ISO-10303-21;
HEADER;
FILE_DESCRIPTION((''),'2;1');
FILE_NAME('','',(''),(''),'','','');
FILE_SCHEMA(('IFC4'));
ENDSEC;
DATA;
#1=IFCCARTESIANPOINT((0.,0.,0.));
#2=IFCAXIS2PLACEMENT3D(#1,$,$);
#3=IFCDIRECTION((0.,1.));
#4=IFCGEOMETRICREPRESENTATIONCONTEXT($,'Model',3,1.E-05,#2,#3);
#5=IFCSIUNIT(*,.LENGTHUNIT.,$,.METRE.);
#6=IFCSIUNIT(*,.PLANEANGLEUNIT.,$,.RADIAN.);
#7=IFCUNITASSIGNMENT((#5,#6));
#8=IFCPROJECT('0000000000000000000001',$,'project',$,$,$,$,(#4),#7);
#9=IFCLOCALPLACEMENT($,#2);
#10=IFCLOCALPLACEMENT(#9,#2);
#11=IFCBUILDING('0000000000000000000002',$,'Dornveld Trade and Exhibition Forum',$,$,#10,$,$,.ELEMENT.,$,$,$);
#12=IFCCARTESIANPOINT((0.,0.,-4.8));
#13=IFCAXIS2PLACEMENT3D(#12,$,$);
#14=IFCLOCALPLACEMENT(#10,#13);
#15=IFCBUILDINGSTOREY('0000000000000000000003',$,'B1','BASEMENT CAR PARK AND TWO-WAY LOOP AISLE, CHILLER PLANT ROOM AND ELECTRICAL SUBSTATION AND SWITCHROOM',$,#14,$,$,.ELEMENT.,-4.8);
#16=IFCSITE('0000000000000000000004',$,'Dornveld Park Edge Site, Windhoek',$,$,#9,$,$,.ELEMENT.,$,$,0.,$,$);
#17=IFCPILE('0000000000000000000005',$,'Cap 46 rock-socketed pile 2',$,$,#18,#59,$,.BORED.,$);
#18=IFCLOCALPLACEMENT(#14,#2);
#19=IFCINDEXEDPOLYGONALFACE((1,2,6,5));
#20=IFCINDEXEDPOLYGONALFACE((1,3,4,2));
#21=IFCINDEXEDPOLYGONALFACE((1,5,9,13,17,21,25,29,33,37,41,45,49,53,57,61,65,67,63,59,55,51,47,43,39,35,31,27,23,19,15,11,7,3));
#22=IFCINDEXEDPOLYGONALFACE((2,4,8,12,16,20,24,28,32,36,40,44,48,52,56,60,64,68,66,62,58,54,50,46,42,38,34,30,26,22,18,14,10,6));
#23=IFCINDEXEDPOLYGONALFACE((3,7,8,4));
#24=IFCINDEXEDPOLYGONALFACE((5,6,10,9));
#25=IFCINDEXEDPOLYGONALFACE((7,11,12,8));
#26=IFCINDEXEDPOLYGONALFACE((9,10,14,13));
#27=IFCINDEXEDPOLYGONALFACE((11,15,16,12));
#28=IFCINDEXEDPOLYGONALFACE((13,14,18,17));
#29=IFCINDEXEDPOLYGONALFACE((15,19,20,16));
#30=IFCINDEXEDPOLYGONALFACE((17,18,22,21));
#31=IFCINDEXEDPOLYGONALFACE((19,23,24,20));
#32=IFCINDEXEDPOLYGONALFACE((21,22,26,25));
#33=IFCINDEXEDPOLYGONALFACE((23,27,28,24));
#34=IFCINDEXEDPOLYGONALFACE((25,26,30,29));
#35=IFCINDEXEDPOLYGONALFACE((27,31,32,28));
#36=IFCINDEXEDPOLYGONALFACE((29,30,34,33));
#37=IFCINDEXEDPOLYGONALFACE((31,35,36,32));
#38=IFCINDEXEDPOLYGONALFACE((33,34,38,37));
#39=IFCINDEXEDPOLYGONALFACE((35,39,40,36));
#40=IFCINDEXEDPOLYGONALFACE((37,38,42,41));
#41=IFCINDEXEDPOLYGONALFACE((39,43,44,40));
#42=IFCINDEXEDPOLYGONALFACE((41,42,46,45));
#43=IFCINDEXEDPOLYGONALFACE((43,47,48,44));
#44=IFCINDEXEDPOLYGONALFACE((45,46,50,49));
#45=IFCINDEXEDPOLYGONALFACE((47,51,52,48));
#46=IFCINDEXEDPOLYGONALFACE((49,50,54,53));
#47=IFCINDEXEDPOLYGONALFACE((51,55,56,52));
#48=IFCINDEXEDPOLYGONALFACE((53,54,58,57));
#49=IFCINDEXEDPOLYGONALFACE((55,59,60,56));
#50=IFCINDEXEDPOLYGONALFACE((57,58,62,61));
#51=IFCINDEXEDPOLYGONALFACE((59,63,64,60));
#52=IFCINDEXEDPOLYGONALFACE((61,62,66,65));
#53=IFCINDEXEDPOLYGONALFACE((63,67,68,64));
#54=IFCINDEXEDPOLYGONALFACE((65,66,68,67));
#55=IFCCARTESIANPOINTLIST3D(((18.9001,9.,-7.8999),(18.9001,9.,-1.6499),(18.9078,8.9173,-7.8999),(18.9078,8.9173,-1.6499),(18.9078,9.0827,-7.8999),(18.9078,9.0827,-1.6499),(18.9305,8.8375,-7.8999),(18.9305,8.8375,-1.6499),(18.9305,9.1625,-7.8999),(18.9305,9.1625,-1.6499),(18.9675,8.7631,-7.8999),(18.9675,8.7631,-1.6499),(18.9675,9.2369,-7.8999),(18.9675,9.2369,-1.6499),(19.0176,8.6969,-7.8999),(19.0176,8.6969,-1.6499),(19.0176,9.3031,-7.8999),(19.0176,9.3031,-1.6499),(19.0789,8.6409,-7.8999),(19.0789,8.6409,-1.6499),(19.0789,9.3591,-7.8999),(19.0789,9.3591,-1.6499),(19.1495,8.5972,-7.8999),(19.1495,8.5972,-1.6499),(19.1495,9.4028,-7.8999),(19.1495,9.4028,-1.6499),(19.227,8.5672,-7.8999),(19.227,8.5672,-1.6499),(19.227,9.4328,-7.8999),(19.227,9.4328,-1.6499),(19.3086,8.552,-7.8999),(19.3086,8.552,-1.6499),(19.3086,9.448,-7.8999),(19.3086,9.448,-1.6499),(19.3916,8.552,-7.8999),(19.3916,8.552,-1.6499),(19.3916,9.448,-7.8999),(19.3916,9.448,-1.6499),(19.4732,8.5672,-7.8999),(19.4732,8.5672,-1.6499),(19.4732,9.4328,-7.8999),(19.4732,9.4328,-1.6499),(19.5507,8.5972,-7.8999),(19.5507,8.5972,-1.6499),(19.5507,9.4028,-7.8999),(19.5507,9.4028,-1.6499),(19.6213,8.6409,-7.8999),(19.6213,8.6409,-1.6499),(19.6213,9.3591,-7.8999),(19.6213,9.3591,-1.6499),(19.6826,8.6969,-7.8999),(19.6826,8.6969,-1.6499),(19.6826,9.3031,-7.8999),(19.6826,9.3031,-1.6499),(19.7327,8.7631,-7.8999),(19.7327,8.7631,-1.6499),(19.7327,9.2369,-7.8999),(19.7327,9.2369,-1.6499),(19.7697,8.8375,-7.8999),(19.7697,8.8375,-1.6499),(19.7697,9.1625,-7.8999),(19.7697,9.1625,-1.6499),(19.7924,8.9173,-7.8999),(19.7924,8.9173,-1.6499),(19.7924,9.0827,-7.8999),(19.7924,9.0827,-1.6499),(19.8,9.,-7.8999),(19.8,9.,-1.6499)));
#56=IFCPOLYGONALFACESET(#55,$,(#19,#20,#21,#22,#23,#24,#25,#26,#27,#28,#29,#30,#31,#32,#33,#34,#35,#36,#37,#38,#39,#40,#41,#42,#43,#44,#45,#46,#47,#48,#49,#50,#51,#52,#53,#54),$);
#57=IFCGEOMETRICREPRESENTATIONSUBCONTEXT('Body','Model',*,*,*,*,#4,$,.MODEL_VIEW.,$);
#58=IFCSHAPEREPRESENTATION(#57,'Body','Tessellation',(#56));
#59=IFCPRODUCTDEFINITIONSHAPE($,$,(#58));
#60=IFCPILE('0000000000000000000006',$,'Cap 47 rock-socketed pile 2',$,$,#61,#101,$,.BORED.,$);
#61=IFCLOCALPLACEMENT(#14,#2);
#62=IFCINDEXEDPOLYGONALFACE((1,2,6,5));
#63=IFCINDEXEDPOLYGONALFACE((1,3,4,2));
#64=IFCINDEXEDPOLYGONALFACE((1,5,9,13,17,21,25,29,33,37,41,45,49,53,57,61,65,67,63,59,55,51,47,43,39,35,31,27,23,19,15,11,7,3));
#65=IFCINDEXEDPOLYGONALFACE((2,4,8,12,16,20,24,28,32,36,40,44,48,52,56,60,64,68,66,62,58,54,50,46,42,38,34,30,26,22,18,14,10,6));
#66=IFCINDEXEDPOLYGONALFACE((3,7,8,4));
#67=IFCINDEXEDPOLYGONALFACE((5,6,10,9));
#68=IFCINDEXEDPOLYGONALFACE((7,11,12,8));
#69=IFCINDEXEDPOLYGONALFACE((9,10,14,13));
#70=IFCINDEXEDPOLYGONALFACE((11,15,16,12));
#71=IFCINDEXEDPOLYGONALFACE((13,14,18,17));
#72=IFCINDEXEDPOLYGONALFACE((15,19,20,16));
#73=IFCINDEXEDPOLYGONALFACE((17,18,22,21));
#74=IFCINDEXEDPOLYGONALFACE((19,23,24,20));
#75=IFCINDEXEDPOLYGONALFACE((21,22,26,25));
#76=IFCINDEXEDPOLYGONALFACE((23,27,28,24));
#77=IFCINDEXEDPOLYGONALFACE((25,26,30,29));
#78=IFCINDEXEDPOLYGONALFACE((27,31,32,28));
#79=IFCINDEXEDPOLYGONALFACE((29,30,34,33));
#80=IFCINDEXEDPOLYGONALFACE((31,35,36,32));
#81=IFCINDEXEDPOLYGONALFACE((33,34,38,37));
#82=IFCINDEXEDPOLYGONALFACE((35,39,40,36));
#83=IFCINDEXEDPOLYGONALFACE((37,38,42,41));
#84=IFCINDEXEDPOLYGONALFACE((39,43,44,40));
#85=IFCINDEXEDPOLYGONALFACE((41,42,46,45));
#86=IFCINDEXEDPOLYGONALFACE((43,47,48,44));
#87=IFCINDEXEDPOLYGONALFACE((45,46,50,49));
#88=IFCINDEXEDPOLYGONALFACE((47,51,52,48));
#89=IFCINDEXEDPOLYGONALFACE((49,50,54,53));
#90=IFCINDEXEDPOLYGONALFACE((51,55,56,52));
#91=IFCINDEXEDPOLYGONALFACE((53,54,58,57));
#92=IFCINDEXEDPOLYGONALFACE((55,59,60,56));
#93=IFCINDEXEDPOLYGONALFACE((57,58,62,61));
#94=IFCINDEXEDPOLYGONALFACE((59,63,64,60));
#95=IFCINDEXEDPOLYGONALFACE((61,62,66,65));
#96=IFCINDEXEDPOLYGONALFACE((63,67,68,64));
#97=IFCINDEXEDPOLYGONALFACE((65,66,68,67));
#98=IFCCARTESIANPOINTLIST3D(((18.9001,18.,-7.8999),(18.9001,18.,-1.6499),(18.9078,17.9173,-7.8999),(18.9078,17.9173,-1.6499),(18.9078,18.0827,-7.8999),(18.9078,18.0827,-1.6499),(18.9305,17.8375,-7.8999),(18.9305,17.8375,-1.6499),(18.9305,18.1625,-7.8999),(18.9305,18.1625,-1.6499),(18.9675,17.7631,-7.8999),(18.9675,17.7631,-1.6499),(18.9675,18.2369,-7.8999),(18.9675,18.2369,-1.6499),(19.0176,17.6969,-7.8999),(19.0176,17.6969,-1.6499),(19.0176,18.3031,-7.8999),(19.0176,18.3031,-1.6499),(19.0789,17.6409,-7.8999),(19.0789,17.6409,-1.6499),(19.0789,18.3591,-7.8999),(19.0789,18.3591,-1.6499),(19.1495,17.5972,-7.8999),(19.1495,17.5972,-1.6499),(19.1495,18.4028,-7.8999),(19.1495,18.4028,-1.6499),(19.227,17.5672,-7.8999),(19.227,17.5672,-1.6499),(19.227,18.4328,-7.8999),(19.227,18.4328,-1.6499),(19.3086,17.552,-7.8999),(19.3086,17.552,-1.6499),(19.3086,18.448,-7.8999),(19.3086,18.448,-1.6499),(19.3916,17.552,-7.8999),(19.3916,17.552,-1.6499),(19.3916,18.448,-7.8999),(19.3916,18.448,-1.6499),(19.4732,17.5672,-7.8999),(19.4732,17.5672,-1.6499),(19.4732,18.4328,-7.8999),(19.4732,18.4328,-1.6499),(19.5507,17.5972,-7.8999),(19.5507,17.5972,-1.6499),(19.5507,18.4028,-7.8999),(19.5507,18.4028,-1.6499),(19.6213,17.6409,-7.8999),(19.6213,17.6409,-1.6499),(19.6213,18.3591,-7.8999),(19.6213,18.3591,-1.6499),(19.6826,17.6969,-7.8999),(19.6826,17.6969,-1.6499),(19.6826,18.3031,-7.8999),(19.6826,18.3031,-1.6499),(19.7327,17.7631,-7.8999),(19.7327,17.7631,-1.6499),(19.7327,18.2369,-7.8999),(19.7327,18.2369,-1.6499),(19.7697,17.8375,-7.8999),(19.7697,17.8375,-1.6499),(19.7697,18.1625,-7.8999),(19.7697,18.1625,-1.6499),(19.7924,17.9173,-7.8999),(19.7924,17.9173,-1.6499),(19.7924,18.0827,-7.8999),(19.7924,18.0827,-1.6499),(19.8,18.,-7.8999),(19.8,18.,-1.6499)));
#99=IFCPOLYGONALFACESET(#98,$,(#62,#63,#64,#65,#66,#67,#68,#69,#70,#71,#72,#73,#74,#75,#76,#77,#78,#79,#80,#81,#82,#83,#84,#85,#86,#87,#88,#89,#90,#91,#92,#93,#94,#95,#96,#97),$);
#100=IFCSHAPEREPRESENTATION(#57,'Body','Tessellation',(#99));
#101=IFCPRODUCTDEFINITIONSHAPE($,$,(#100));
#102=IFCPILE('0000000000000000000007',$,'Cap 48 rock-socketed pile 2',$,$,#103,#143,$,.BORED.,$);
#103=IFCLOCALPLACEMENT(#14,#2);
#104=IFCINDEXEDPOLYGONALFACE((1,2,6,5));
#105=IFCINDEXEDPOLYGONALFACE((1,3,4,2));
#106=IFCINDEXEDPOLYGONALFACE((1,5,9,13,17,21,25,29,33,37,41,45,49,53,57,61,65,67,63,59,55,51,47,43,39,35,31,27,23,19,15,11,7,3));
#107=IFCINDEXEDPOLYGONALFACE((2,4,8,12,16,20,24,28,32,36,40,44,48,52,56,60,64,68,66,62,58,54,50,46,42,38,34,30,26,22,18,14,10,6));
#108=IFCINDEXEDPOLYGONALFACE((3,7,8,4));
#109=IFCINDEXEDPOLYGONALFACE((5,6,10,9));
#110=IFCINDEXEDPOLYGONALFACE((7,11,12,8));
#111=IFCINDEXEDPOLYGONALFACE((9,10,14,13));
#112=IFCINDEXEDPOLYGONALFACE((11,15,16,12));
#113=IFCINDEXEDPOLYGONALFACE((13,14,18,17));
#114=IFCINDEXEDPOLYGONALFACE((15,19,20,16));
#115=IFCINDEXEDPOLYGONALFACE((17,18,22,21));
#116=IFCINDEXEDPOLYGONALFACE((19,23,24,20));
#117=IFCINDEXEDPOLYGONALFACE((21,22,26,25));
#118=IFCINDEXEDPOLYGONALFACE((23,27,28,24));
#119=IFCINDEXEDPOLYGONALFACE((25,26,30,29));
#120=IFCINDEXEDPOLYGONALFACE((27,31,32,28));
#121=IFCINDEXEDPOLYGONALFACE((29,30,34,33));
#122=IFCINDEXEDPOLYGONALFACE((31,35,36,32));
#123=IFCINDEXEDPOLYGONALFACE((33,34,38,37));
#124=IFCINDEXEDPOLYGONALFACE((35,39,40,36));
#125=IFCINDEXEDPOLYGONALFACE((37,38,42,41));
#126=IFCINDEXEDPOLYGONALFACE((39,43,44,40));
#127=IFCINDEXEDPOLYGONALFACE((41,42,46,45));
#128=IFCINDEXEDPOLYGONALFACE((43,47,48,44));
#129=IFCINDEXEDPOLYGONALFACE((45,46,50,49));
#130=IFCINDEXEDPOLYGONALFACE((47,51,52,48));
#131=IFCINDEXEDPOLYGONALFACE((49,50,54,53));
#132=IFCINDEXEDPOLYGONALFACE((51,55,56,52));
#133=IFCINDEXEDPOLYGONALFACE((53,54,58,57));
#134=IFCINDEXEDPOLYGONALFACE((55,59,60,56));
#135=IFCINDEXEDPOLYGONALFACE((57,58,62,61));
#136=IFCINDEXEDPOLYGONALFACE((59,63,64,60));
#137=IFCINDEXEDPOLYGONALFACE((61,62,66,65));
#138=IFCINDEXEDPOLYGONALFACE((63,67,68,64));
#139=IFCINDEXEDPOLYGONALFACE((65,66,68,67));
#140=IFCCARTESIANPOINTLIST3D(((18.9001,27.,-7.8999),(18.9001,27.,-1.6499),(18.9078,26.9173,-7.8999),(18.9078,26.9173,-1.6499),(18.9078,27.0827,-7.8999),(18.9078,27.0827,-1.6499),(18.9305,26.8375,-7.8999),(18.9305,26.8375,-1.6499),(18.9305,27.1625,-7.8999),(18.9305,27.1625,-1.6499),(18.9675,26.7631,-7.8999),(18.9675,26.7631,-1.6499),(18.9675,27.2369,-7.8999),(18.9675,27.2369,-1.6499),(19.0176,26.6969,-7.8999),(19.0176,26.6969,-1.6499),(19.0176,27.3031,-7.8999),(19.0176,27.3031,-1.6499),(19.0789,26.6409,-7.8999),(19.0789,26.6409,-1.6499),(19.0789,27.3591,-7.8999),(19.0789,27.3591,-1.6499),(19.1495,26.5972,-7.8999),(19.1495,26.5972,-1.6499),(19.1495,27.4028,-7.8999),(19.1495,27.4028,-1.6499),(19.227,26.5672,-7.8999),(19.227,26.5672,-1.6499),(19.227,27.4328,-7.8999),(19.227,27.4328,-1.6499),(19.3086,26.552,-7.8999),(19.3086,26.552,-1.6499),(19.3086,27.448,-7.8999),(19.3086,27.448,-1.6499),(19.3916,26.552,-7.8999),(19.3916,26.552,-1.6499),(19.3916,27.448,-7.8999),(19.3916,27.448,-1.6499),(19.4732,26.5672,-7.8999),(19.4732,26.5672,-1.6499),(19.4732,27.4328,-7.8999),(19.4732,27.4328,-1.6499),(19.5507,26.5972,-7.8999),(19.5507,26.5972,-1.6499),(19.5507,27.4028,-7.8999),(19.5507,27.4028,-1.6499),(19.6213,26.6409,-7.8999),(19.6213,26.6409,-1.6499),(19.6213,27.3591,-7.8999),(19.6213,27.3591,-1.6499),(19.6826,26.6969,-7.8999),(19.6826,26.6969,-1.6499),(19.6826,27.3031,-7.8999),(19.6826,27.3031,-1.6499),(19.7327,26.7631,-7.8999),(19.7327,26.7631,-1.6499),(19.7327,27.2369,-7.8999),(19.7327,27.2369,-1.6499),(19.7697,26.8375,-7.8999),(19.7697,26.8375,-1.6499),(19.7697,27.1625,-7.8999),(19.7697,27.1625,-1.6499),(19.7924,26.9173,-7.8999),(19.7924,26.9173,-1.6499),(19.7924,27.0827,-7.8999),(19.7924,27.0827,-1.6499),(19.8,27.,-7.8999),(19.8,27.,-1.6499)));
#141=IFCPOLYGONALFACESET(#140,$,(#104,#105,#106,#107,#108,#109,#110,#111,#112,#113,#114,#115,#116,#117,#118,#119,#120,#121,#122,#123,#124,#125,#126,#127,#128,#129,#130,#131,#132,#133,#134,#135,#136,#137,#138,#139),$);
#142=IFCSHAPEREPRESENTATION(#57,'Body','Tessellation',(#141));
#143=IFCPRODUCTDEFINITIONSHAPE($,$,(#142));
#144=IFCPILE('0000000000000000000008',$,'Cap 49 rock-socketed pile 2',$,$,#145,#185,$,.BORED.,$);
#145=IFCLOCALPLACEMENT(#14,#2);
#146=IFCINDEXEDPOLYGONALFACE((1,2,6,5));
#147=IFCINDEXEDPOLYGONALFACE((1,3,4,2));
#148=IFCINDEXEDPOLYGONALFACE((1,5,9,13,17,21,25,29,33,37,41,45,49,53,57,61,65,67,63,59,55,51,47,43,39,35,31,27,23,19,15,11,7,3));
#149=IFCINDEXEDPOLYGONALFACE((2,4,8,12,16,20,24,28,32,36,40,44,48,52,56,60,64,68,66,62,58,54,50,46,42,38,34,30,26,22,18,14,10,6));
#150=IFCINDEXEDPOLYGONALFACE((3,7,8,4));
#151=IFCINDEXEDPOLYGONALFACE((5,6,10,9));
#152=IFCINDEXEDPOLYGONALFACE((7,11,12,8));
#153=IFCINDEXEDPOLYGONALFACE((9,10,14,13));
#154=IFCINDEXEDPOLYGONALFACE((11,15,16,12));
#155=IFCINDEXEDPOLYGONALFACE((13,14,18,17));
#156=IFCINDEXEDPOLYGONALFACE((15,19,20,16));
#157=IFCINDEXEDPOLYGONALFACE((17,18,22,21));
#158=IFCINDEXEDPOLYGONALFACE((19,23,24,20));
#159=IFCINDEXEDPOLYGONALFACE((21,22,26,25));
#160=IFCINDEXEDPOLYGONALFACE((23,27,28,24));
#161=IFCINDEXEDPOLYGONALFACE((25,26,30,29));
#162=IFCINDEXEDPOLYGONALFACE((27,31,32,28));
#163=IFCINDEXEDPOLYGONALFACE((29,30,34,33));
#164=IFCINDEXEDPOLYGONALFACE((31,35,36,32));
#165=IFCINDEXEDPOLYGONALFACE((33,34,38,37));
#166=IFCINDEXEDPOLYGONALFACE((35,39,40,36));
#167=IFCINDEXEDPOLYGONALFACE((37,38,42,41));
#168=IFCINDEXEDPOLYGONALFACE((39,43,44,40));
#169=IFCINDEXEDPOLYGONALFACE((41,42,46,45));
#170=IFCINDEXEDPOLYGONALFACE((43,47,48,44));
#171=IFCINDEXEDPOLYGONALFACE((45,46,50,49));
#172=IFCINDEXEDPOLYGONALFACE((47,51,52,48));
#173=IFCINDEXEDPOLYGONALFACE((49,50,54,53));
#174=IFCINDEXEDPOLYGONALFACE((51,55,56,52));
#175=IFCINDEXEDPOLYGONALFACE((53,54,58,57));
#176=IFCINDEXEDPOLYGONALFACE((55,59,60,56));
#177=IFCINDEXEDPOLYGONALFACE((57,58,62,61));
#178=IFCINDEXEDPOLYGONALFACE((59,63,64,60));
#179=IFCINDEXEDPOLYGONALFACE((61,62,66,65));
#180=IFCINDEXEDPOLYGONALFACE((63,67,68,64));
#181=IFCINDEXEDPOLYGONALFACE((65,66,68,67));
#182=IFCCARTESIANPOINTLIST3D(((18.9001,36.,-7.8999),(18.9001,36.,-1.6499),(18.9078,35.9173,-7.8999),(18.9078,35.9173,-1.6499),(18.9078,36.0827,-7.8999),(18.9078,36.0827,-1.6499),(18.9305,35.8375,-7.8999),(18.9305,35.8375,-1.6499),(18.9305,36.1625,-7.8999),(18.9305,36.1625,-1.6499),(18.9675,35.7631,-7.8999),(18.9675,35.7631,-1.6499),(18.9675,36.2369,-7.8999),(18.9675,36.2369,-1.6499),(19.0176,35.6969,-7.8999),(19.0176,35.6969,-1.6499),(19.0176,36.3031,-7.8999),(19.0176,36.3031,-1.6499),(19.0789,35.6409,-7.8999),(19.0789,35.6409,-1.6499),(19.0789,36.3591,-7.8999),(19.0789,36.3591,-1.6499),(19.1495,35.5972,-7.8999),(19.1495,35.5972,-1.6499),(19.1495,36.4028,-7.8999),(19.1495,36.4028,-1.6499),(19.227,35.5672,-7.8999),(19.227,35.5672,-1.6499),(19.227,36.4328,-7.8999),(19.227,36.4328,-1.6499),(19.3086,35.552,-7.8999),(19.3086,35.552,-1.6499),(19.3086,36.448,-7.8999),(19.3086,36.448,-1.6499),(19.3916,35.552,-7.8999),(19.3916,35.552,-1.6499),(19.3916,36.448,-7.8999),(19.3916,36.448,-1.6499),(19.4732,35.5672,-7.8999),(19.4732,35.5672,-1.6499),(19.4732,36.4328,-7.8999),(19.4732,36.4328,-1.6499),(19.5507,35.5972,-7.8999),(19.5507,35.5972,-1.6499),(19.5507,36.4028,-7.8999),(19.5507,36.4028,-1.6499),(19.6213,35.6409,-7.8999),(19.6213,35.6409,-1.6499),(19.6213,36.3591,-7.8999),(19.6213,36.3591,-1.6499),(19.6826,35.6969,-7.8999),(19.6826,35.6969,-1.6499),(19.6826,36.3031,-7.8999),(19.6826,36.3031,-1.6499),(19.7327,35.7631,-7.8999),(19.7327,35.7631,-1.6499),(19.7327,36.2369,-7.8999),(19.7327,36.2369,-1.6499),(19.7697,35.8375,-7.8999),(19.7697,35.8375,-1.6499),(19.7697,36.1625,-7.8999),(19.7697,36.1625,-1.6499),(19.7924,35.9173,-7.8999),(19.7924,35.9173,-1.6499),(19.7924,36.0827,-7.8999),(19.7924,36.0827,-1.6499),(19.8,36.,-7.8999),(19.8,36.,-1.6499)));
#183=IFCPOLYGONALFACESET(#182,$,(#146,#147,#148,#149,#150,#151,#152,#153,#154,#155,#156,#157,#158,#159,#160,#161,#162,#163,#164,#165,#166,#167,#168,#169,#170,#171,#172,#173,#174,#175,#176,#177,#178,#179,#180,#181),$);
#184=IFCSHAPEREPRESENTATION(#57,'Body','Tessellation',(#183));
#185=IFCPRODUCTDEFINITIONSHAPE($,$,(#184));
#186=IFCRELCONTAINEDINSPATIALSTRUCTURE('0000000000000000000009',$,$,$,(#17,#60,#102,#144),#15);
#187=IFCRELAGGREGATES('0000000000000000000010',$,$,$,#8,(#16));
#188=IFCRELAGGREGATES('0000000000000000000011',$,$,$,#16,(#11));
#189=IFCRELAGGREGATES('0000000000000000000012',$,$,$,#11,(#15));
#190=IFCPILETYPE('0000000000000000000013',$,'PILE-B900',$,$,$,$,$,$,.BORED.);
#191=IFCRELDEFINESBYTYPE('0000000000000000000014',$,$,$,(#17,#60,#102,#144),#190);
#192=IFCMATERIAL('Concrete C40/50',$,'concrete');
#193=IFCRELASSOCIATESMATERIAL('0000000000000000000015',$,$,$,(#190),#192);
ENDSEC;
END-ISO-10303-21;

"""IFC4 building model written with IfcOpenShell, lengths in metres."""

from ifc_helpers import new_model, si_unit, direction, frame, origin, origin_2d, place, context, subcontext, project, spatial, circle, extrude, material, material_profile, profile_set, type_object, element, save


model = new_model("IFC4")

# Units and contexts
model_context = context("Model", 3, precision=1e-05, world=origin(), true_north=direction((0.0, 1.0)))
body_context = subcontext(model_context, "Body", "Model", "MODEL_VIEW")
ifc_project = project(units=[si_unit("LENGTHUNIT", "METRE"), si_unit("PLANEANGLEUNIT", "RADIAN")], contexts=[model_context])

# Site, building, storey
site_placement = place(None, origin())
site = spatial("IfcSite", under=ifc_project, at=site_placement, Name="Dornveld Park Edge Site, Windhoek", CompositionType="ELEMENT", RefElevation=0.0)
building_placement = place(site_placement, origin())
building = spatial("IfcBuilding", under=site, at=building_placement, Name="Dornveld Trade and Exhibition Forum", CompositionType="ELEMENT")
storey_placement = place(building_placement, frame((0.0, 0.0, -4.8)))
storey = spatial("IfcBuildingStorey", under=building, at=storey_placement, Name="B1", Description="BASEMENT CAR PARK AND TWO-WAY LOOP AISLE, CHILLER PLANT ROOM AND ELECTRICAL SUBSTATION AND SWITCHROOM", CompositionType="ELEMENT", Elevation=-4.8)

# Piles
ifc_material_1 = material(Name="Concrete C40/50", Category="concrete")
ifc_material_profile_1 = material_profile(ifc_material_1, circle(Radius=0.45, at=origin_2d()), Name="PILE D900")
ifc_profile_set_1 = profile_set([ifc_material_profile_1], Name="Concrete C40/50")
pile_type = type_object("IfcPileType", Name="PILE-B900", PredefinedType="BORED", material=ifc_profile_set_1)
for number, where, z_axis, x_axis, name in (
    (1, (19.3501, 9.0, -1.6499), (0.0, 0.0, -1.0), (1.0, 0.0, 0.0), "Cap 46 rock-socketed pile 2"),
    (2, (19.3501, 18.0, -1.6499), (0.0, 0.0, -1.0), (1.0, 0.0, 0.0), "Cap 47 rock-socketed pile 2"),
    (3, (19.3501, 27.0, -1.6499), (0.0, 0.0, -1.0), (1.0, 0.0, 0.0), "Cap 48 rock-socketed pile 2"),
    (4, (19.3501, 36.0, -1.6499), (0.0, 0.0, -1.0), (1.0, 0.0, 0.0), "Cap 49 rock-socketed pile 2"),
):
    element("IfcPile", number, at=place(storey_placement, frame(where, z_axis=z_axis, x_axis=x_axis)), inside=storey, type_object=pile_type, Name=name, PredefinedType="BORED", context=body_context, shape_type="SweptSolid", body=[
        extrude(circle(Radius=0.45, at=origin_2d()), origin(), (0.0, 0.0, 1.0), 6.25),
    ])

save(model, "model.ifc")
